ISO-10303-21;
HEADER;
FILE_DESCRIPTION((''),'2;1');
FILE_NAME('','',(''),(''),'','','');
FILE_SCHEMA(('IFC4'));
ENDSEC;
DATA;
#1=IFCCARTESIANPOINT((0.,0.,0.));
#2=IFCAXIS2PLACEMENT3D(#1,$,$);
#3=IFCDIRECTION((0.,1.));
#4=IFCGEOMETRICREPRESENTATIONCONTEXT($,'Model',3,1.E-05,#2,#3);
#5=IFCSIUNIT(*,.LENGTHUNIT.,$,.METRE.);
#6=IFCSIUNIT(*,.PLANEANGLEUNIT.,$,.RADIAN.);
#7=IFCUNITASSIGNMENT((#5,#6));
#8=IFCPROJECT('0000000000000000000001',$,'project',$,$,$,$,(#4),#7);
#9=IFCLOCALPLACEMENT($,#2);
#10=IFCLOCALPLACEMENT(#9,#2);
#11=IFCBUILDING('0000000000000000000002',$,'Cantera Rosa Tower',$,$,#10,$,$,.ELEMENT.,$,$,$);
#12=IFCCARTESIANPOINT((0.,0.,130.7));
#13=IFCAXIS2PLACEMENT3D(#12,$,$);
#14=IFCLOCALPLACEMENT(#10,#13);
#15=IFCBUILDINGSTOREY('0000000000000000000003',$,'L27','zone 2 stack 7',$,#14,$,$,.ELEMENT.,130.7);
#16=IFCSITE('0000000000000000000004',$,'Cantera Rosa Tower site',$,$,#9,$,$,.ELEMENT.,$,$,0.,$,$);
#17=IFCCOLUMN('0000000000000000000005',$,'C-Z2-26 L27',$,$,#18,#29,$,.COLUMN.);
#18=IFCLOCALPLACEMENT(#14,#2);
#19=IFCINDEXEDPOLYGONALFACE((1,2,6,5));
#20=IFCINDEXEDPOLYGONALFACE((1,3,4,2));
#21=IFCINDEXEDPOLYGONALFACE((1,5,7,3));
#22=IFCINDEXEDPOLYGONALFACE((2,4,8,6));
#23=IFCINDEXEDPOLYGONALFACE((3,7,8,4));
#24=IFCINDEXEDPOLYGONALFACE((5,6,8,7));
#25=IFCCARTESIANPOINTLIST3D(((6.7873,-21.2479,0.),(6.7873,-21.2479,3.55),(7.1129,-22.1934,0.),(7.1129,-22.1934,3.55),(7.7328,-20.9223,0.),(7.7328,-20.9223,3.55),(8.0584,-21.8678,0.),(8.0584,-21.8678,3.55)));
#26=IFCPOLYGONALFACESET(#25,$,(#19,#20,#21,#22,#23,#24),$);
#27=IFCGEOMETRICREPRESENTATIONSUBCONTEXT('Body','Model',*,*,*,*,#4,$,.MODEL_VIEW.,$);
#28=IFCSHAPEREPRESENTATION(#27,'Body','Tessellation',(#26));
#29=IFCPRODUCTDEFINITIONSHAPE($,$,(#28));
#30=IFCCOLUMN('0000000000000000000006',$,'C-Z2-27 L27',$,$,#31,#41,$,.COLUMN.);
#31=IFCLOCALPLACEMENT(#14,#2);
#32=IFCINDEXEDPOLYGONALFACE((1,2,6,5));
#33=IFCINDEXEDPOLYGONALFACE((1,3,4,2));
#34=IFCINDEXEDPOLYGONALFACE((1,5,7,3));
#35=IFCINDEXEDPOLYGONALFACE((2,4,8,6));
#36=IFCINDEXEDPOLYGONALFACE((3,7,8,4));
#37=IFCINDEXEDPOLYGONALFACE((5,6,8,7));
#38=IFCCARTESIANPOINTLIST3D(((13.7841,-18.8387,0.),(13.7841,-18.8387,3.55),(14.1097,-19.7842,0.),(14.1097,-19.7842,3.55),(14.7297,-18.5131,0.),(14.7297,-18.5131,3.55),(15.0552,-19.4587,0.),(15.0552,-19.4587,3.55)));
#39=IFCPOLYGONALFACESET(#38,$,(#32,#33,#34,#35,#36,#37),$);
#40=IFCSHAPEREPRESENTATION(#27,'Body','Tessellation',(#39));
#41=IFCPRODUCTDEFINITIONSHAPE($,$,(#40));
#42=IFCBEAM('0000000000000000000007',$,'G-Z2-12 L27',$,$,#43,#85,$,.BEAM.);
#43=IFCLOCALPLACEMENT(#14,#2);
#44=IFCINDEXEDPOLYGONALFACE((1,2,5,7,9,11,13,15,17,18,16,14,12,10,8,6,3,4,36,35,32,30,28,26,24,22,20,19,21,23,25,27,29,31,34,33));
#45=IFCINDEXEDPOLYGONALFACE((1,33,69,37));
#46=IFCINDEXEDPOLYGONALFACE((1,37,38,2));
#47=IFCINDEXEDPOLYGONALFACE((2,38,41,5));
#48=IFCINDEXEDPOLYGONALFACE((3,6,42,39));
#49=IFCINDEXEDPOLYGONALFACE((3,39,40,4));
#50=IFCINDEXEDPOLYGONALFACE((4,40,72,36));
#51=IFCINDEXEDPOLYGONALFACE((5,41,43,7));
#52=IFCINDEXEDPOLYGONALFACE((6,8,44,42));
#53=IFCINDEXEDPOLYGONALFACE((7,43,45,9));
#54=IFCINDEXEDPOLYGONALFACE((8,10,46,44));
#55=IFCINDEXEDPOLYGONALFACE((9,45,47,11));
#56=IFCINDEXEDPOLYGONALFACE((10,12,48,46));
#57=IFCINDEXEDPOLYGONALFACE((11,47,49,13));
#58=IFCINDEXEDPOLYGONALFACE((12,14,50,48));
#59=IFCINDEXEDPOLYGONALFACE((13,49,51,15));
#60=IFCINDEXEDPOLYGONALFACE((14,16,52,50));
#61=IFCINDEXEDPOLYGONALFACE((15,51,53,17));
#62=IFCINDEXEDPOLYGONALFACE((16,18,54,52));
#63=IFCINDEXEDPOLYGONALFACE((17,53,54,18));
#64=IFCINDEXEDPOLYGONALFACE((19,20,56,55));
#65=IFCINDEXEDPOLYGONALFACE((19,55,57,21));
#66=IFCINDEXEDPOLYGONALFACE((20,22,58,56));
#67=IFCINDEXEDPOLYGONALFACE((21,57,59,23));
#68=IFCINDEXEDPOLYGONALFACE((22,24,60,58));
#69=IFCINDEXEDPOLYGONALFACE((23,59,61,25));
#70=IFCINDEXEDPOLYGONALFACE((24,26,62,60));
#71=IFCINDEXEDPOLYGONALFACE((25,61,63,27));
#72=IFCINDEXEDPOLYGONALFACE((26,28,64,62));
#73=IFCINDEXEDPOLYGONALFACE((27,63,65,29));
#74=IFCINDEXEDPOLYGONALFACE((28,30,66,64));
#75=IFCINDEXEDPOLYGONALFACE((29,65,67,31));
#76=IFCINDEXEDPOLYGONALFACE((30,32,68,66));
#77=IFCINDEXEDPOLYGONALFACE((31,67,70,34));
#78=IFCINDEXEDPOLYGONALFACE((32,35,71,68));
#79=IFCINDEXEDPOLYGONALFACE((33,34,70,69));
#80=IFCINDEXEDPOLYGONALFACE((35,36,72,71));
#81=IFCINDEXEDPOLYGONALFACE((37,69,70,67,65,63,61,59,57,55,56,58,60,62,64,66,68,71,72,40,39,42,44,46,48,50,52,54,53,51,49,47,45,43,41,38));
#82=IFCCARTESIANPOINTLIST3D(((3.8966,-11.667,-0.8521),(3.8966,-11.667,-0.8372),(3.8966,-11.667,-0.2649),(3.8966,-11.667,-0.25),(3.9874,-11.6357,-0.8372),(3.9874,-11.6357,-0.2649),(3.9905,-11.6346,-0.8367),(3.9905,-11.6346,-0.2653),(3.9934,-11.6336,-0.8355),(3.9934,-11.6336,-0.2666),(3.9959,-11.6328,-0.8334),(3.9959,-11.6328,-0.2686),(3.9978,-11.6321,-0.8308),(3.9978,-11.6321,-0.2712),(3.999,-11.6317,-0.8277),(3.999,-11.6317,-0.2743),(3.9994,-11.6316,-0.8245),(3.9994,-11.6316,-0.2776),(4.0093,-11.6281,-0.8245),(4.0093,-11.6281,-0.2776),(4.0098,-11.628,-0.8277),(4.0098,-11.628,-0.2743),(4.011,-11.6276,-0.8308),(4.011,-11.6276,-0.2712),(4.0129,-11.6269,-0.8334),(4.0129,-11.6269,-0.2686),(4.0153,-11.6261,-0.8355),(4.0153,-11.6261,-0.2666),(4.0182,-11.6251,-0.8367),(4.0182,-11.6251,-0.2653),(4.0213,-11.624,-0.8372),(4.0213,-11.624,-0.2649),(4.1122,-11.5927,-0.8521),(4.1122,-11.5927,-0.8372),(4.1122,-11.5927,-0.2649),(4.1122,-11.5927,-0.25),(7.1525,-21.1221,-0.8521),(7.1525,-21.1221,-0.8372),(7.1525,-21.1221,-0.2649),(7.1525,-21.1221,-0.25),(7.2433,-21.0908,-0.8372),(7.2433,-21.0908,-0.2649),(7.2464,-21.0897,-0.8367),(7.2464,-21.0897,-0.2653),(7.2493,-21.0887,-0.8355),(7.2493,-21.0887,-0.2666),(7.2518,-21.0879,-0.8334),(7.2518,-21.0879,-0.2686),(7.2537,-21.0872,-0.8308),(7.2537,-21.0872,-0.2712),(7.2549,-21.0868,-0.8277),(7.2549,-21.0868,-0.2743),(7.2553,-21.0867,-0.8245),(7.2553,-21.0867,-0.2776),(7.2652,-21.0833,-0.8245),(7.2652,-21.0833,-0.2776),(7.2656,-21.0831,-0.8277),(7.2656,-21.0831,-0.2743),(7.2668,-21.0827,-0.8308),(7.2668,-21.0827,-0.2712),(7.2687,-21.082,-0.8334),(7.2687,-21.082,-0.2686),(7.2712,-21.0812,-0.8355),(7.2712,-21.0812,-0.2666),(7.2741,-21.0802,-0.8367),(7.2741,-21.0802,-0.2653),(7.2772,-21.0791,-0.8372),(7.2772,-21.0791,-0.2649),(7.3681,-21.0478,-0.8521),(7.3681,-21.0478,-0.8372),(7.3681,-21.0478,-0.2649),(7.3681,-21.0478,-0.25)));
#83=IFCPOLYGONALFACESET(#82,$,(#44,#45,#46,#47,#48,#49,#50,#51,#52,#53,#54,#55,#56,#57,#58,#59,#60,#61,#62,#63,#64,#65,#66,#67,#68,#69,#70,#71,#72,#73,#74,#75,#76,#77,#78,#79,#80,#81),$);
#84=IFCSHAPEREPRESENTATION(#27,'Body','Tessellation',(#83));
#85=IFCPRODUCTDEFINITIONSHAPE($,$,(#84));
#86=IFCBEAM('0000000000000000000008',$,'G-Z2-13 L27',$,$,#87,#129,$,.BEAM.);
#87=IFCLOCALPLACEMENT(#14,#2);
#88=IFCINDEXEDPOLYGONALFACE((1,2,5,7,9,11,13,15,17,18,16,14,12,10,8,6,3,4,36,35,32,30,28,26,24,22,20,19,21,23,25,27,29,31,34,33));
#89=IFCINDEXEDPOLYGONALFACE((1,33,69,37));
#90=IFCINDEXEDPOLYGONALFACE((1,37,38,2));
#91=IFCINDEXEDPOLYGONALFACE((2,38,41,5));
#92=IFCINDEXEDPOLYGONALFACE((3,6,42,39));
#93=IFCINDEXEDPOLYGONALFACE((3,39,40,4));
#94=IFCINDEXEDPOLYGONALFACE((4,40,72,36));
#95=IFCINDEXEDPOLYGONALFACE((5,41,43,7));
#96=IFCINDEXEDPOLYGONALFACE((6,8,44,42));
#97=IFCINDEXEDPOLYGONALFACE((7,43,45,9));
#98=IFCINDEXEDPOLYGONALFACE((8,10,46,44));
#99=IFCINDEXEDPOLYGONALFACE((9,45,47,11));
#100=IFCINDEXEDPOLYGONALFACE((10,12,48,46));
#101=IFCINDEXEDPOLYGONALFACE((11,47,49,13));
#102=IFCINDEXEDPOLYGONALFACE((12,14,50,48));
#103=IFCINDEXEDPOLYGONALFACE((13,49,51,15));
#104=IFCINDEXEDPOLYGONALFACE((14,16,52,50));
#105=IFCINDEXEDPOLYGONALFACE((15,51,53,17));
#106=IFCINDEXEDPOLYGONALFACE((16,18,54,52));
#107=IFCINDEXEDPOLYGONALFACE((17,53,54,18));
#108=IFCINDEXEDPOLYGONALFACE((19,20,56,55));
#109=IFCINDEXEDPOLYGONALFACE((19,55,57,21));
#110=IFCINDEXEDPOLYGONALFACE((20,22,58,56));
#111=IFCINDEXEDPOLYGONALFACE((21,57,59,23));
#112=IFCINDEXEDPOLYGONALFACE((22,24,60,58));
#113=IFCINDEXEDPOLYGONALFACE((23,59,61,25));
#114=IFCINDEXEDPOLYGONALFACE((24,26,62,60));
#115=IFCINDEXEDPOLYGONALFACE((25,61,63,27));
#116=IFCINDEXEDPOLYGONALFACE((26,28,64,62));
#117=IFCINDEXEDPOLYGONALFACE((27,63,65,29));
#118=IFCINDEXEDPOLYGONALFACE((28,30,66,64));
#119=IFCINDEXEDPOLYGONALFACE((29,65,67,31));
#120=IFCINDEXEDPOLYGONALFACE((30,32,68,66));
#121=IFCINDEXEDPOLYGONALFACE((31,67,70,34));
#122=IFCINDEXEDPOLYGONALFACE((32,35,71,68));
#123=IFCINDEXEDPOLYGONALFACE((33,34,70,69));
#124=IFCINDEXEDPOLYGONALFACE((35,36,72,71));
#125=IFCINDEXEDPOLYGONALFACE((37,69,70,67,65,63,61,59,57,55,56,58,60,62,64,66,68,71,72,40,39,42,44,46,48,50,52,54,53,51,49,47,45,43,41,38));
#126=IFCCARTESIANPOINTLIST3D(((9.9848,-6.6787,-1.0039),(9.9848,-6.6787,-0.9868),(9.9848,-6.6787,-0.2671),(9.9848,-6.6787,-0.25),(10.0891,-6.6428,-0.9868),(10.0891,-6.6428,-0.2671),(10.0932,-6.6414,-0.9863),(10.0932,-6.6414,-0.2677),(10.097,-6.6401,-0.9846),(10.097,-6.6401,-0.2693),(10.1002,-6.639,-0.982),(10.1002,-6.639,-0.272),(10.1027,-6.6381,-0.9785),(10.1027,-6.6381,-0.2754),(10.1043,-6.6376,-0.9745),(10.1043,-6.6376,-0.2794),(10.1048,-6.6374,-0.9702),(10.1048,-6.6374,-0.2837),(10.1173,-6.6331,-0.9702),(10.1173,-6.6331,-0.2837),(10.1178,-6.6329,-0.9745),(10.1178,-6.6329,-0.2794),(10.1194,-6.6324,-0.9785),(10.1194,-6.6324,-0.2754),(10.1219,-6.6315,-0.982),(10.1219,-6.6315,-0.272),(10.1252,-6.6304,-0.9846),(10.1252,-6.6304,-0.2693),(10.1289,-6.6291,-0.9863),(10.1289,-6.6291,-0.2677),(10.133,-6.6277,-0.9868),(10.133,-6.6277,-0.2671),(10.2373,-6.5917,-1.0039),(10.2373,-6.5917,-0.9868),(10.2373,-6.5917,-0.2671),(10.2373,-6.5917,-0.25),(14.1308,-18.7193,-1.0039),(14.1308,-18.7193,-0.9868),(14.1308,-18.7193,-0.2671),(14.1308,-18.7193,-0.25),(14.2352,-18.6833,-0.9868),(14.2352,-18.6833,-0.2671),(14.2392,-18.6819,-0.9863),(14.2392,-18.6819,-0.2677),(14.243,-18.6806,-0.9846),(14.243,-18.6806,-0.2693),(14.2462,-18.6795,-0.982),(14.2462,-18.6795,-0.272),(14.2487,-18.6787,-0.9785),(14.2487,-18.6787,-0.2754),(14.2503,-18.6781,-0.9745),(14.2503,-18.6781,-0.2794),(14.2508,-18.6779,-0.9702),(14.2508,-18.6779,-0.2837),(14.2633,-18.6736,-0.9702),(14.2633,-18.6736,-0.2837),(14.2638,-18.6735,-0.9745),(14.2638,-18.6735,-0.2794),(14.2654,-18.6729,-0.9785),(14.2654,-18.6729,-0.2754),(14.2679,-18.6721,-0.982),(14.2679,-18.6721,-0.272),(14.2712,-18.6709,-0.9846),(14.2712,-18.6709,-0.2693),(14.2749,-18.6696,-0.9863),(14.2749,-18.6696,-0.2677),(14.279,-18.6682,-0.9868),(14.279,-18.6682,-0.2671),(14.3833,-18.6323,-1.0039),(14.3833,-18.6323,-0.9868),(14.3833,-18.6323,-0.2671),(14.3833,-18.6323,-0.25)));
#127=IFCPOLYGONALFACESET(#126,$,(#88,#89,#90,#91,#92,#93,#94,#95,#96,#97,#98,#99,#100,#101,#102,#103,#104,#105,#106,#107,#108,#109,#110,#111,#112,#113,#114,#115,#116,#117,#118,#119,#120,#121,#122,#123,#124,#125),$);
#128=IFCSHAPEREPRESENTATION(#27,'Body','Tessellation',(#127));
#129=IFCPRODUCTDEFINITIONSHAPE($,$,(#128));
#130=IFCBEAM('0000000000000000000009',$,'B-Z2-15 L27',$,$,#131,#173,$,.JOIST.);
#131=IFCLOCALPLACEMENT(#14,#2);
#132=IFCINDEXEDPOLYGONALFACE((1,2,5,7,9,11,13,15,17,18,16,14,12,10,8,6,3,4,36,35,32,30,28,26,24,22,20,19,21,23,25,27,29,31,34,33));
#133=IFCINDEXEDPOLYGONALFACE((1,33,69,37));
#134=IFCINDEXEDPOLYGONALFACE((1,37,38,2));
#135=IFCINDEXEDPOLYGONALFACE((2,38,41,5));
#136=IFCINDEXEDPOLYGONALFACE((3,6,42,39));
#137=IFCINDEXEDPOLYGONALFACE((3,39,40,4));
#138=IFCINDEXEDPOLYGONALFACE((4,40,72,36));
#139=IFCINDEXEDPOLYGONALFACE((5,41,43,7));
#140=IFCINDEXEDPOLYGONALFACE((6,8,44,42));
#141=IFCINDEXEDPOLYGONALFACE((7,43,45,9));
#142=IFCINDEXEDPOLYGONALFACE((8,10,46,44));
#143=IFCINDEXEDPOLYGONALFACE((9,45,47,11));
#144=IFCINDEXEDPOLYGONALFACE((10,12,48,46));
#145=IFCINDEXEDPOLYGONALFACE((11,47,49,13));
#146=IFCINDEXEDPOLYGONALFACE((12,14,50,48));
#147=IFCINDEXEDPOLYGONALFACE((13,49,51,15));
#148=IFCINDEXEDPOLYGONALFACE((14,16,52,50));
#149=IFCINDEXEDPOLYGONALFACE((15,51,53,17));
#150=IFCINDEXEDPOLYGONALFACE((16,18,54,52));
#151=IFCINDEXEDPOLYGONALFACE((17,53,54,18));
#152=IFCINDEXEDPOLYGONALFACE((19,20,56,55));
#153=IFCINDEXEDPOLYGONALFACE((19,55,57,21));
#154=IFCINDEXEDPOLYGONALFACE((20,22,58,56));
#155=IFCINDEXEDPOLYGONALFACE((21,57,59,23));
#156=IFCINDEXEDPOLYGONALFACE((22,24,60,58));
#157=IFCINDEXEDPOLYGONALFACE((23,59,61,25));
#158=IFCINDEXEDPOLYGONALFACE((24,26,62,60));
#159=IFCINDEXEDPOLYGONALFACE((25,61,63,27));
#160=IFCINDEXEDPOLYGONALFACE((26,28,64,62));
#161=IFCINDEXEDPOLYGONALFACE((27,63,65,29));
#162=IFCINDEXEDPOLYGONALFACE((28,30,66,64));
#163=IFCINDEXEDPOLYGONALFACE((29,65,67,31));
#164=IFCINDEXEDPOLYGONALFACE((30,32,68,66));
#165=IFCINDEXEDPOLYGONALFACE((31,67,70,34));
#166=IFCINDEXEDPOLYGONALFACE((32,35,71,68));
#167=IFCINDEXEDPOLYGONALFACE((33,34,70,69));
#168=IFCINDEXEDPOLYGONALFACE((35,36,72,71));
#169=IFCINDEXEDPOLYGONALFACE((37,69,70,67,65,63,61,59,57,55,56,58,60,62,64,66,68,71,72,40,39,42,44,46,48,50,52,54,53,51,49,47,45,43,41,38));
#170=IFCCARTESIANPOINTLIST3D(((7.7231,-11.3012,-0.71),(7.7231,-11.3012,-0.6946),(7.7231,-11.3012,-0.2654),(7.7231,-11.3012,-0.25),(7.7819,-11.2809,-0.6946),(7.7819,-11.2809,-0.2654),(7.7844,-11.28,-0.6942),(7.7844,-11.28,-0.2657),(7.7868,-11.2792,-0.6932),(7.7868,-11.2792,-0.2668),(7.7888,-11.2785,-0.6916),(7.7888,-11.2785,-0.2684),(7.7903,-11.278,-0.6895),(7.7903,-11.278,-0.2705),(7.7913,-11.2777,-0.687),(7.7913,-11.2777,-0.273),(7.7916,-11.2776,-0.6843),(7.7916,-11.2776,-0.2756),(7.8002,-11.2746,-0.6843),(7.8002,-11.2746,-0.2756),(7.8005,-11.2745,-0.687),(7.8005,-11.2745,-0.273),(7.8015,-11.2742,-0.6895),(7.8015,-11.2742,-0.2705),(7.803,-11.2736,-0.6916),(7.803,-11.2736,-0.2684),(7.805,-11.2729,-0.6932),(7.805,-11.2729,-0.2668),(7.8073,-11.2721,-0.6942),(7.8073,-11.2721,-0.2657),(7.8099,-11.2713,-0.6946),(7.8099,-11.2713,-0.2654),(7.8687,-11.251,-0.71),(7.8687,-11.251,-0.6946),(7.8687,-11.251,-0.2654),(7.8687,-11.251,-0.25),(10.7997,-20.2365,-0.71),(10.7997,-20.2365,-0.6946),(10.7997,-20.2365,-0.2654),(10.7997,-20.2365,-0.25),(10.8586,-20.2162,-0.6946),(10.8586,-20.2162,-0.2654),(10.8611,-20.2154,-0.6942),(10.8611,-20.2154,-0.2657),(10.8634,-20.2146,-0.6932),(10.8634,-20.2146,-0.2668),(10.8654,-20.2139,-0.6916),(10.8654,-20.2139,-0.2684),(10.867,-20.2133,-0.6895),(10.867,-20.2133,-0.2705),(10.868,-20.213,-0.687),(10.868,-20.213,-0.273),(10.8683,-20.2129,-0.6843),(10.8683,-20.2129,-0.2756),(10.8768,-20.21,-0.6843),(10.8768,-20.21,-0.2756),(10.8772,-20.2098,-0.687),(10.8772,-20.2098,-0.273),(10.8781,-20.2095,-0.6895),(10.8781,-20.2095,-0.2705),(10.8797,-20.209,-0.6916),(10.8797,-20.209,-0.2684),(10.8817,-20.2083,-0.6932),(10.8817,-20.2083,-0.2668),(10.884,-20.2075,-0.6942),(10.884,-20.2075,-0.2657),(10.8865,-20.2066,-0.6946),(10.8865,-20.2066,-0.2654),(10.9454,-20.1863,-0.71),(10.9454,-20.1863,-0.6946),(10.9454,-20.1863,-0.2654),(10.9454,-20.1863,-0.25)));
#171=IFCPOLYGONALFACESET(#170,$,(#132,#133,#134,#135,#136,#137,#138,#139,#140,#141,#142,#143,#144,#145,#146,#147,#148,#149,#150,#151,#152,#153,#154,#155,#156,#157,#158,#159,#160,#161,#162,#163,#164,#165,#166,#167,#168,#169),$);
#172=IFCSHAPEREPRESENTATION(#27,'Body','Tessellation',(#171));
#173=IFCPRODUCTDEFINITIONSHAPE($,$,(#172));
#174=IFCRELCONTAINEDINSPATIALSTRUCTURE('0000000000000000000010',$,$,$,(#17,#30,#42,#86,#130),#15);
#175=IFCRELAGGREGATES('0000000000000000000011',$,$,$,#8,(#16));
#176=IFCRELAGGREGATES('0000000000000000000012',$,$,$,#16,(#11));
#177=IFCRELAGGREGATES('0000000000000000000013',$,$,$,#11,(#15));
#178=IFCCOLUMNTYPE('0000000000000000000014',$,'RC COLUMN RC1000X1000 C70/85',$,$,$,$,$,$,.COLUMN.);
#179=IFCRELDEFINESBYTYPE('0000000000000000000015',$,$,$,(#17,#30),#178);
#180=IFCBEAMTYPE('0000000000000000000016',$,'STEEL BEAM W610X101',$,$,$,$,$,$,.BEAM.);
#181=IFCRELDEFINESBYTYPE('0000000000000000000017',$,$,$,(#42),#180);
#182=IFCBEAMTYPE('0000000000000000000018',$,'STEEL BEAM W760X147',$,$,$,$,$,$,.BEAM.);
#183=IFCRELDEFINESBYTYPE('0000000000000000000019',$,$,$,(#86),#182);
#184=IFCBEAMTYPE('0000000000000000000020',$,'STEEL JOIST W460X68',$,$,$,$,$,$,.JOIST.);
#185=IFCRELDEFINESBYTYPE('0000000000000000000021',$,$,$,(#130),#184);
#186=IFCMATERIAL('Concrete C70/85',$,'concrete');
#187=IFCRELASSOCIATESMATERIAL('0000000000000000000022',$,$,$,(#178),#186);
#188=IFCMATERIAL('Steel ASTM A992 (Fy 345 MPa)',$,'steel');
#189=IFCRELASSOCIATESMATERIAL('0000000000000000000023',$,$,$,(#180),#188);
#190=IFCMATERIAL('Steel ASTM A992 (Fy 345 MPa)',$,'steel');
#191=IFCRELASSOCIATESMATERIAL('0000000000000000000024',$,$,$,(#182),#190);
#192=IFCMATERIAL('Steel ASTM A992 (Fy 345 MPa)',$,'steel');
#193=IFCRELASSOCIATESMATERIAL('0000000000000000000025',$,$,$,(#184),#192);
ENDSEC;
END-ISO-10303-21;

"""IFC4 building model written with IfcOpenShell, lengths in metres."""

from ifc_helpers import new_model, si_unit, direction, frame, origin, origin_2d, place, context, subcontext, project, spatial, rectangle, i_section, extrude, material, material_profile, profile_set, type_object, element, save


model = new_model("IFC4")

# Units and contexts
model_context = context("Model", 3, precision=1e-05, world=origin(), true_north=direction((0.0, 1.0)))
body_context = subcontext(model_context, "Body", "Model", "MODEL_VIEW")
ifc_project = project(units=[si_unit("LENGTHUNIT", "METRE"), si_unit("PLANEANGLEUNIT", "RADIAN")], contexts=[model_context])

# Site, building, storey
site_placement = place(None, origin())
site = spatial("IfcSite", under=ifc_project, at=site_placement, Name="Cantera Rosa Tower site", CompositionType="ELEMENT", RefElevation=0.0)
building_placement = place(site_placement, origin())
building = spatial("IfcBuilding", under=site, at=building_placement, Name="Cantera Rosa Tower", CompositionType="ELEMENT")
storey_placement = place(building_placement, frame((0.0, 0.0, 130.7)))
storey = spatial("IfcBuildingStorey", under=building, at=storey_placement, Name="L27", Description="zone 2 stack 7", CompositionType="ELEMENT", Elevation=130.7)

# Columns
ifc_material_1 = material(Name="Concrete C70/85", Category="concrete")
ifc_material_profile_1 = material_profile(ifc_material_1, rectangle(XDim=1.0, YDim=1.0, at=origin_2d()), Name="RC COLUMN RC1000X1000 C70/85")
ifc_profile_set_1 = profile_set([ifc_material_profile_1], Name="Concrete C70/85")
column_type = type_object("IfcColumnType", Name="RC COLUMN RC1000X1000 C70/85", PredefinedType="COLUMN", material=ifc_profile_set_1)
for number, where, z_axis, x_axis, name in (
    (1, (7.4229, -21.5579, 0.0), (0.0, 0.0, 1.0), (0.945519, 0.325568, 0.0), "C-Z2-26 L27"),
    (2, (14.4197, -19.1487, 0.0), (0.0, 0.0, 1.0), (0.945519, 0.325568, 0.0), "C-Z2-27 L27"),
):
    element("IfcColumn", number, at=place(storey_placement, frame(where, z_axis=z_axis, x_axis=x_axis)), inside=storey, type_object=column_type, Name=name, PredefinedType="COLUMN", context=body_context, shape_type="SweptSolid", body=[
        extrude(rectangle(XDim=1.0, YDim=1.0, at=origin_2d()), origin(), (0.0, 0.0, 1.0), 3.55),
    ])

# Beams
ifc_material_2 = material(Name="Steel ASTM A992 (Fy 345 MPa)", Category="steel")
ifc_material_profile_2 = material_profile(ifc_material_2, i_section(OverallWidth=0.228, OverallDepth=0.6021, WebThickness=0.0105, FlangeThickness=0.0149, FilletRadius=0.0127, at=origin_2d()), Name="W610X101")
ifc_profile_set_2 = profile_set([ifc_material_profile_2], Name="Steel ASTM A992 (Fy 345 MPa)")
beam_type_1 = type_object("IfcBeamType", Name="STEEL BEAM W610X101", PredefinedType="BEAM", material=ifc_profile_set_2)
beam_1_placement = place(storey_placement, frame((7.2603, -21.085, -0.551), z_axis=(-0.325587, 0.945512, 0.0), x_axis=(-0.945512, -0.325587, 0.0)))
element("IfcBeam", 3, at=beam_1_placement, inside=storey, type_object=beam_type_1, Name="G-Z2-12 L27", PredefinedType="BEAM", context=body_context, shape_type="SweptSolid", body=[
    extrude(i_section(OverallWidth=0.228, OverallDepth=0.6021, WebThickness=0.0105, FlangeThickness=0.0149, FilletRadius=0.0127, at=origin_2d()), origin(), (0.0, 0.0, 1.0), 10.0),
])
ifc_material_3 = material(Name="Steel ASTM A992 (Fy 345 MPa)", Category="steel")
ifc_material_profile_3 = material_profile(ifc_material_3, i_section(OverallWidth=0.2671, OverallDepth=0.7539, WebThickness=0.0132, FlangeThickness=0.0171, FilletRadius=0.0166, at=origin_2d()), Name="W760X147")
ifc_profile_set_3 = profile_set([ifc_material_profile_3], Name="Steel ASTM A992 (Fy 345 MPa)")
beam_type_2 = type_object("IfcBeamType", Name="STEEL BEAM W760X147", PredefinedType="BEAM", material=ifc_profile_set_3)
beam_2_placement = place(storey_placement, frame((14.2571, -18.6758, -0.627), z_axis=(-0.325576, 0.945516, 0.0), x_axis=(-0.945516, -0.325576, 0.0)))
element("IfcBeam", 4, at=beam_2_placement, inside=storey, type_object=beam_type_2, Name="G-Z2-13 L27", PredefinedType="BEAM", context=body_context, shape_type="SweptSolid", body=[
    extrude(i_section(OverallWidth=0.2671, OverallDepth=0.7539, WebThickness=0.0132, FlangeThickness=0.0171, FilletRadius=0.0166, at=origin_2d()), origin(), (0.0, 0.0, 1.0), 12.7344),
])
ifc_material_4 = material(Name="Steel ASTM A992 (Fy 345 MPa)", Category="steel")
ifc_material_profile_4 = material_profile(ifc_material_4, i_section(OverallWidth=0.1541, OverallDepth=0.46, WebThickness=0.009, FlangeThickness=0.0154, FilletRadius=0.0103, at=origin_2d()), Name="W460X68")
ifc_profile_set_4 = profile_set([ifc_material_profile_4], Name="Steel ASTM A992 (Fy 345 MPa)")
beam_type_3 = type_object("IfcBeamType", Name="STEEL JOIST W460X68", PredefinedType="JOIST", material=ifc_profile_set_4)
for number, where, z_axis, x_axis, name in (
    (5, (10.8726, -20.2114, -0.48), (-0.325567, 0.945519, 0.0), (-0.945519, -0.325567, 0.0), "B-Z2-15 L27"),
):
    element("IfcBeam", number, at=place(storey_placement, frame(where, z_axis=z_axis, x_axis=x_axis)), inside=storey, type_object=beam_type_3, Name=name, PredefinedType="JOIST", context=body_context, shape_type="SweptSolid", body=[
        extrude(i_section(OverallWidth=0.1541, OverallDepth=0.46, WebThickness=0.009, FlangeThickness=0.0154, FilletRadius=0.0103, at=origin_2d()), origin(), (0.0, 0.0, 1.0), 9.4502),
    ])

save(model, "model.ifc")
